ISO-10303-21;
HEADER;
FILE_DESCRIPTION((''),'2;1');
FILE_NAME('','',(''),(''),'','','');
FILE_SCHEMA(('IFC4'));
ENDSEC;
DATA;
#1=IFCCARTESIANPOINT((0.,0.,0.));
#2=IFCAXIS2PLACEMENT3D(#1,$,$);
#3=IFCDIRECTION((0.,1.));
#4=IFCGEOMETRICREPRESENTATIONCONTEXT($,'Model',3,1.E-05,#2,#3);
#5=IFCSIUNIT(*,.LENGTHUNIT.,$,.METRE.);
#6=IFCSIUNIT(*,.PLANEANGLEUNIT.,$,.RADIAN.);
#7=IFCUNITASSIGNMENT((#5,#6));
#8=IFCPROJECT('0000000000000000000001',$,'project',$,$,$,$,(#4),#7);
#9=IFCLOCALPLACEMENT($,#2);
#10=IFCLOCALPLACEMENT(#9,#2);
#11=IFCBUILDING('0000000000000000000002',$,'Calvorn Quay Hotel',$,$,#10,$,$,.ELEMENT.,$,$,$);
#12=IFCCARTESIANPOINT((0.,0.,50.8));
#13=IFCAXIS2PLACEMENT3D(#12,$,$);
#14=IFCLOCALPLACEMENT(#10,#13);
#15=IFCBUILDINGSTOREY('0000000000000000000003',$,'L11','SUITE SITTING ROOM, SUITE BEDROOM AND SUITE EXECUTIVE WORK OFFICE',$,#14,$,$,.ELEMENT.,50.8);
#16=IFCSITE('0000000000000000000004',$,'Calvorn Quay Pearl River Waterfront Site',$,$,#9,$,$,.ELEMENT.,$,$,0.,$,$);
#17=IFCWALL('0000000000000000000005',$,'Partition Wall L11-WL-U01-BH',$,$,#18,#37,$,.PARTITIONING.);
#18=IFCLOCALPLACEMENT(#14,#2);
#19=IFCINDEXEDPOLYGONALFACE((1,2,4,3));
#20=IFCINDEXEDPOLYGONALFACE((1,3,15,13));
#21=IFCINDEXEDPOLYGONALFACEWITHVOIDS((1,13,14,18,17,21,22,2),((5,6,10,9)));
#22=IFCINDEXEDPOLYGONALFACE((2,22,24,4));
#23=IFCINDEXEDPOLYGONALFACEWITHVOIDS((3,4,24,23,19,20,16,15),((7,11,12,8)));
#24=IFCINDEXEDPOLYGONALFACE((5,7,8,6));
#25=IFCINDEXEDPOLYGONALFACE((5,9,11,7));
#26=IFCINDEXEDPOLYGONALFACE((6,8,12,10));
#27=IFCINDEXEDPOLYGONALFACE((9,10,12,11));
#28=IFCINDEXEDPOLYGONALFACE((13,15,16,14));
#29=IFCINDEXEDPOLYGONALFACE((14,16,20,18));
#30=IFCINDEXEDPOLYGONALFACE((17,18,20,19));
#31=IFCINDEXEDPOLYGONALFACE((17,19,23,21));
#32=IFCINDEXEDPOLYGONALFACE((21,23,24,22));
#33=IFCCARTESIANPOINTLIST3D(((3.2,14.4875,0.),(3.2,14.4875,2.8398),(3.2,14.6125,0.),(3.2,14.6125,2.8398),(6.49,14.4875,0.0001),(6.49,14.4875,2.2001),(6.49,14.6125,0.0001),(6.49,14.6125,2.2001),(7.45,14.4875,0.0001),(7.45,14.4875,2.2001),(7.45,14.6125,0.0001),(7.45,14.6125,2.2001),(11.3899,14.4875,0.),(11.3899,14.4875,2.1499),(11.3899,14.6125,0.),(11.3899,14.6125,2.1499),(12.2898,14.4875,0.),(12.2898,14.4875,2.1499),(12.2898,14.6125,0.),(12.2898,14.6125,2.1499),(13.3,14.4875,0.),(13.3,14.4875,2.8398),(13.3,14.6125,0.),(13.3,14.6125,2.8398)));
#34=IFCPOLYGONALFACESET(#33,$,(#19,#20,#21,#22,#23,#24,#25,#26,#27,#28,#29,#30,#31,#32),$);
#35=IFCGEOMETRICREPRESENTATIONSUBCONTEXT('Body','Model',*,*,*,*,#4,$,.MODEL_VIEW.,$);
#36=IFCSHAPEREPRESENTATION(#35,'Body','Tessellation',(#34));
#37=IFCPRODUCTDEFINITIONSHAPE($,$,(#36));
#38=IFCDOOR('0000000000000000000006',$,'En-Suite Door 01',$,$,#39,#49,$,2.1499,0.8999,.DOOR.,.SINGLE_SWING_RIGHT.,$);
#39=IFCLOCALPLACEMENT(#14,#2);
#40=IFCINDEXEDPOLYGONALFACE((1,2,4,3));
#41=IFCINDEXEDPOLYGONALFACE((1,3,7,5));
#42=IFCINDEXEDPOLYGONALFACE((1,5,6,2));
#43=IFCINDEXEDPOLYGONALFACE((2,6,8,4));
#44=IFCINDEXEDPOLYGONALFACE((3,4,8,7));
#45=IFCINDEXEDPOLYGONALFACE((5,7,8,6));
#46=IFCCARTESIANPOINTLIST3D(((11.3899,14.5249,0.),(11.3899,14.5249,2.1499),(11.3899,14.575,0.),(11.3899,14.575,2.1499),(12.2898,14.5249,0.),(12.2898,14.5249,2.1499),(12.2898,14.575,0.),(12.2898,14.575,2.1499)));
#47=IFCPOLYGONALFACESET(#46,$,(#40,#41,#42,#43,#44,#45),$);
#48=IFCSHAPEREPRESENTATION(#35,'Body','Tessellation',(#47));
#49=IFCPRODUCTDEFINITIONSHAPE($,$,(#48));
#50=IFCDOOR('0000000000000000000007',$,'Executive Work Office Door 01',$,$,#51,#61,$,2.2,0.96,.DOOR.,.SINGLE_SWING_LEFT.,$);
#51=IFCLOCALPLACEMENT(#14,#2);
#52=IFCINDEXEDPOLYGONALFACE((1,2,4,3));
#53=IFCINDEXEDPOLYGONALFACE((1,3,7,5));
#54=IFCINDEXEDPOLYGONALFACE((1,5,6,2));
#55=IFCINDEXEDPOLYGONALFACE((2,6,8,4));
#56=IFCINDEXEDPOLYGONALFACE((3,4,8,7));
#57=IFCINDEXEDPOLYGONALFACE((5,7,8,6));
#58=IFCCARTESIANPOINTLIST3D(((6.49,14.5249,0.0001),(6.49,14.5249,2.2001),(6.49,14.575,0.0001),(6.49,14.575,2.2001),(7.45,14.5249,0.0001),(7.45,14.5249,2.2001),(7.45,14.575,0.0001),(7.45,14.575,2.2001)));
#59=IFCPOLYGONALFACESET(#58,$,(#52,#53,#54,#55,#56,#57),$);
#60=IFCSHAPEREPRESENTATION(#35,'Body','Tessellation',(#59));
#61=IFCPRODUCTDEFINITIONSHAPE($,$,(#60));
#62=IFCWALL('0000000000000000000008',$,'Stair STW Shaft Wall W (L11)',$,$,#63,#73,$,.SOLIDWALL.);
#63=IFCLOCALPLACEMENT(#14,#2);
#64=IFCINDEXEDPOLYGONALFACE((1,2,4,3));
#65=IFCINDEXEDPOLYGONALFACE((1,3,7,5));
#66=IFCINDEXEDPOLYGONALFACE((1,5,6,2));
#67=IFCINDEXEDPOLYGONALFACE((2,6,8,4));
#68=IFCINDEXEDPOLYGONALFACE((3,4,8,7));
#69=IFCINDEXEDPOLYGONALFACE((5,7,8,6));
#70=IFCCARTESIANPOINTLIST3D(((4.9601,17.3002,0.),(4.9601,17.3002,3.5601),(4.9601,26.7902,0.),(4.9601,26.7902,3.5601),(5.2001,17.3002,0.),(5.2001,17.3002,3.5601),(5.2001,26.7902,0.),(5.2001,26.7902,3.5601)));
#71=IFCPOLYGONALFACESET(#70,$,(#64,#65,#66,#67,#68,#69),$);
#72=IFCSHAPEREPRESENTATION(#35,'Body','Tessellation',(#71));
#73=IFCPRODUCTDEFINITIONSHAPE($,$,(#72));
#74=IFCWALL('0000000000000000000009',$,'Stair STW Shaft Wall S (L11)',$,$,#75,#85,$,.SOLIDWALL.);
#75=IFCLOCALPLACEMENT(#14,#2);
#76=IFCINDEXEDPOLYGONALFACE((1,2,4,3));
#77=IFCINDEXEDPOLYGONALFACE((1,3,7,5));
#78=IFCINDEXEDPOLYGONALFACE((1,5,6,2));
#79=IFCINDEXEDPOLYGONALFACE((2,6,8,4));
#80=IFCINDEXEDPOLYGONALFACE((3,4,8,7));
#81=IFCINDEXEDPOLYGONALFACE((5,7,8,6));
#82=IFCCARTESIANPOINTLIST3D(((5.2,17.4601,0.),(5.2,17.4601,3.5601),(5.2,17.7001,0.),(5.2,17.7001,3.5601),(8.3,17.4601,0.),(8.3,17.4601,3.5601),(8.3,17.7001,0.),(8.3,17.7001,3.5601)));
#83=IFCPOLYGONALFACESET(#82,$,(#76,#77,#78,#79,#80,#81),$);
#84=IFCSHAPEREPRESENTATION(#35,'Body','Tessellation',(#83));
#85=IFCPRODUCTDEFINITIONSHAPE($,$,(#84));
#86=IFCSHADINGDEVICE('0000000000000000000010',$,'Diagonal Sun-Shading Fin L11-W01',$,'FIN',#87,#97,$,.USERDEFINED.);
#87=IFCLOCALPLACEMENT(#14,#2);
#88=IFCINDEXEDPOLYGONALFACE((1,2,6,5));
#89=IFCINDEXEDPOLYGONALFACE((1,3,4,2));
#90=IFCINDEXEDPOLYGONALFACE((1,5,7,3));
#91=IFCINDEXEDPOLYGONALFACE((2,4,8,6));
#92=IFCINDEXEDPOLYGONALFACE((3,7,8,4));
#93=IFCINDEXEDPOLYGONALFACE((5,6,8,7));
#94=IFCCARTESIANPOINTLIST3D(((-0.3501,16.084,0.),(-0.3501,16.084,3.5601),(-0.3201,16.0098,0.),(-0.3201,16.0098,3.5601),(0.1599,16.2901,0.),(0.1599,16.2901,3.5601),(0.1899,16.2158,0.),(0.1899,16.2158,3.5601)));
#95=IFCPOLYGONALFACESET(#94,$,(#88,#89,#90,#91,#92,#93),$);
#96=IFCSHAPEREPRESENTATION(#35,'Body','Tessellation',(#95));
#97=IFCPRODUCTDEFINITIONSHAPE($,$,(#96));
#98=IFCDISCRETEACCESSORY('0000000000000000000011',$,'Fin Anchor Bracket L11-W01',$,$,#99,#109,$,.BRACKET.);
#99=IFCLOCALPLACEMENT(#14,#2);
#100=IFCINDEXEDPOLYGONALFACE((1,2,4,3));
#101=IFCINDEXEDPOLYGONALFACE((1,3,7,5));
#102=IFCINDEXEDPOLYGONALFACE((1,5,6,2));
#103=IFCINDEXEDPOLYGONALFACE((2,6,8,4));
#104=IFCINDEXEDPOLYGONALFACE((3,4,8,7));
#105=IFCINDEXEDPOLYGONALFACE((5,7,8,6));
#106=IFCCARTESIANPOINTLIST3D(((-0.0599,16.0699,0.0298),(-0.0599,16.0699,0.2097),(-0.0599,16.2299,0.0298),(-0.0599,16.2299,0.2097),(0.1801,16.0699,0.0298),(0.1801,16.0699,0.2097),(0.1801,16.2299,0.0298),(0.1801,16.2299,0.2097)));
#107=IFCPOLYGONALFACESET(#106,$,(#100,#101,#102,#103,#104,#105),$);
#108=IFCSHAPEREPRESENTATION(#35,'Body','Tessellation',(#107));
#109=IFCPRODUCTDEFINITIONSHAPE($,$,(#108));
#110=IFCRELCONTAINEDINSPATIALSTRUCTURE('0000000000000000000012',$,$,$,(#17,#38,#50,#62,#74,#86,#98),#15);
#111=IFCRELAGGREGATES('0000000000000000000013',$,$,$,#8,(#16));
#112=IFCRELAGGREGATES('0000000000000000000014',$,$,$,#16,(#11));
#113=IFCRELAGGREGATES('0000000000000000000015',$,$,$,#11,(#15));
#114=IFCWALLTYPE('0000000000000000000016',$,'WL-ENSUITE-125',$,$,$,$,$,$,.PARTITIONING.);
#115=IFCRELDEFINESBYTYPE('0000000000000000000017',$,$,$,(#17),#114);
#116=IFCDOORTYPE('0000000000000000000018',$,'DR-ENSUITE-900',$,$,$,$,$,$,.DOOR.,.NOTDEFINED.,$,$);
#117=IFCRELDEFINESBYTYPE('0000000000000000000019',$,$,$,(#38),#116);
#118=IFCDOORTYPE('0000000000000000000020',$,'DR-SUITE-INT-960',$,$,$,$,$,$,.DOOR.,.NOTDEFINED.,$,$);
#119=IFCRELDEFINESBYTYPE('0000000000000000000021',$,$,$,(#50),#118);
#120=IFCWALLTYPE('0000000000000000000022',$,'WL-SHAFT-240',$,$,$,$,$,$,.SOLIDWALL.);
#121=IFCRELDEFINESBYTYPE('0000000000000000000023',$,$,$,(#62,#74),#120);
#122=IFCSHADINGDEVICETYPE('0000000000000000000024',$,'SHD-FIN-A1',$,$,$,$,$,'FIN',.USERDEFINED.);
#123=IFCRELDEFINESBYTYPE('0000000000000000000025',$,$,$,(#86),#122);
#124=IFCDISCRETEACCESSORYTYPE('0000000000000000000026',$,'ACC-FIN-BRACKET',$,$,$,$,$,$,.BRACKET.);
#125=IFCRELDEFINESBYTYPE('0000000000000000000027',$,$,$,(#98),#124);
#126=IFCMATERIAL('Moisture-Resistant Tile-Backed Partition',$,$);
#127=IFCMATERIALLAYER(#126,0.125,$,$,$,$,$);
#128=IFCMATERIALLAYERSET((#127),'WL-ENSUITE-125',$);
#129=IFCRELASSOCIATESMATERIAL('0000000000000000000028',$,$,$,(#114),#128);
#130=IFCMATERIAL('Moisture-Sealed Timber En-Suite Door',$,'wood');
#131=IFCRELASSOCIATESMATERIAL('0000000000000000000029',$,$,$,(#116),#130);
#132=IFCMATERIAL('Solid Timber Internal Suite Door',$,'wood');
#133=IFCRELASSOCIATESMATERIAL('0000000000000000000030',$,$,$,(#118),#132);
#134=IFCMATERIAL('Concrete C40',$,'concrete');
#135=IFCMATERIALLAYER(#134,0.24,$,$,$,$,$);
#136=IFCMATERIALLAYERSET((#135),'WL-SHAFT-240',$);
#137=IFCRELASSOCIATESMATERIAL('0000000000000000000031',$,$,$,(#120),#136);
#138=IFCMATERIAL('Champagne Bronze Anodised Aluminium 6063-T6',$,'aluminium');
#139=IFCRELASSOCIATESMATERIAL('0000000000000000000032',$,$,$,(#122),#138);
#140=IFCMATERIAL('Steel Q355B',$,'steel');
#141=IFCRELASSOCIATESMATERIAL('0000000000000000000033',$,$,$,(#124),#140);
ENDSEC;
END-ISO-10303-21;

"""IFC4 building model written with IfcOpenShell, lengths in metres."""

from ifc_helpers import new_model, si_unit, direction, frame, frame_2d, origin, origin_2d, place, context, subcontext, project, spatial, rectangle, extrude, material, layer, layer_set, type_object, element, fill, save


model = new_model("IFC4")

# Units and contexts
model_context = context("Model", 3, precision=1e-05, world=origin(), true_north=direction((0.0, 1.0)))
body_context = subcontext(model_context, "Body", "Model", "MODEL_VIEW")
ifc_project = project(units=[si_unit("LENGTHUNIT", "METRE"), si_unit("PLANEANGLEUNIT", "RADIAN")], contexts=[model_context])

# Site, building, storey
site_placement = place(None, origin())
site = spatial("IfcSite", under=ifc_project, at=site_placement, Name="Calvorn Quay Pearl River Waterfront Site", CompositionType="ELEMENT", RefElevation=0.0)
building_placement = place(site_placement, origin())
building = spatial("IfcBuilding", under=site, at=building_placement, Name="Calvorn Quay Hotel", CompositionType="ELEMENT")
storey_placement = place(building_placement, frame((0.0, 0.0, 50.8)))
storey = spatial("IfcBuildingStorey", under=building, at=storey_placement, Name="L11", Description="SUITE SITTING ROOM, SUITE BEDROOM AND SUITE EXECUTIVE WORK OFFICE", CompositionType="ELEMENT", Elevation=50.8)

# Wall, openings, doors
ifc_material_1 = material(Name="Moisture-Resistant Tile-Backed Partition")
ifc_layer_1 = layer(ifc_material_1, 0.125)
ifc_layer_set_1 = layer_set([ifc_layer_1], Name="WL-ENSUITE-125")
wall_type_1 = type_object("IfcWallType", Name="WL-ENSUITE-125", PredefinedType="PARTITIONING", material=ifc_layer_set_1)
wall_1_placement = place(storey_placement, frame((3.2, 14.55, 0.0), z_axis=(0.0, 0.0, 1.0), x_axis=(1.0, 0.0, 0.0)))
wall_1 = element("IfcWall", 1, at=wall_1_placement, inside=storey, type_object=wall_type_1, Name="Partition Wall L11-WL-U01-BH", PredefinedType="PARTITIONING", context=body_context, shape_type="SweptSolid", body=[
    extrude(rectangle(XDim=10.1001, YDim=0.125, at=frame_2d((5.05, 0.0))), origin(), (0.0, 0.0, 1.0), 2.8398),
])
opening_1_placement = place(wall_1_placement, frame((3.29, 0.0, 0.0)))
opening_1 = element("IfcOpeningElement", 2, at=opening_1_placement, cuts=wall_1, PredefinedType="OPENING", context=body_context, shape_type="SweptSolid", body=[
    extrude(rectangle(XDim=0.96, YDim=2.2, at=frame_2d((0.48, 1.1001))), frame((0.0, 0.0725, 0.0), z_axis=(0.0, -1.0, 0.0), x_axis=(1.0, 0.0, 0.0)), (0.0, 0.0, 1.0), 0.145),
])
opening_2_placement = place(wall_1_placement, frame((8.1899, 0.0, 0.0)))
opening_2 = element("IfcOpeningElement", 3, at=opening_2_placement, cuts=wall_1, PredefinedType="OPENING", context=body_context, shape_type="SweptSolid", body=[
    extrude(rectangle(XDim=0.8999, YDim=2.1499, at=frame_2d((0.45, 1.075))), frame((0.0, 0.0725, 0.0), z_axis=(0.0, -1.0, 0.0), x_axis=(1.0, 0.0, 0.0)), (0.0, 0.0, 1.0), 0.145),
])
ifc_material_2 = material(Name="Moisture-Sealed Timber En-Suite Door", Category="wood")
door_type_1 = type_object("IfcDoorType", Name="DR-ENSUITE-900", OperationType="NOTDEFINED", PredefinedType="DOOR", material=ifc_material_2)
door_1_placement = place(opening_2_placement, origin())
door_1 = element("IfcDoor", 4, at=door_1_placement, inside=storey, type_object=door_type_1, Name="En-Suite Door 01", OperationType="SINGLE_SWING_RIGHT", OverallHeight=2.1499, OverallWidth=0.8999, PredefinedType="DOOR", context=body_context, shape_type="SweptSolid", body=[
    extrude(rectangle(XDim=0.8999, YDim=2.1499, at=frame_2d((0.45, 1.075))), frame((0.0, 0.0249, 0.0), z_axis=(0.0, -1.0, 0.0), x_axis=(1.0, 0.0, 0.0)), (0.0, 0.0, 1.0), 0.05),
])
fill(opening_2, door_1)
ifc_material_3 = material(Name="Solid Timber Internal Suite Door", Category="wood")
door_type_2 = type_object("IfcDoorType", Name="DR-SUITE-INT-960", OperationType="NOTDEFINED", PredefinedType="DOOR", material=ifc_material_3)
door_2_placement = place(opening_1_placement, origin())
door_2 = element("IfcDoor", 5, at=door_2_placement, inside=storey, type_object=door_type_2, Name="Executive Work Office Door 01", OperationType="SINGLE_SWING_LEFT", OverallHeight=2.2, OverallWidth=0.96, PredefinedType="DOOR", context=body_context, shape_type="SweptSolid", body=[
    extrude(rectangle(XDim=0.96, YDim=2.2, at=frame_2d((0.48, 1.1001))), frame((0.0, 0.0249, 0.0), z_axis=(0.0, -1.0, 0.0), x_axis=(1.0, 0.0, 0.0)), (0.0, 0.0, 1.0), 0.05),
])
fill(opening_1, door_2)

# Walls
ifc_material_4 = material(Name="Concrete C40", Category="concrete")
ifc_layer_2 = layer(ifc_material_4, 0.24)
ifc_layer_set_2 = layer_set([ifc_layer_2], Name="WL-SHAFT-240")
wall_type_2 = type_object("IfcWallType", Name="WL-SHAFT-240", PredefinedType="SOLIDWALL", material=ifc_layer_set_2)
wall_2_placement = place(storey_placement, frame((5.0801, 17.3, 0.0), z_axis=(0.0, 0.0, 1.0), x_axis=(0.0, 1.0, 0.0)))
element("IfcWall", 6, at=wall_2_placement, inside=storey, type_object=wall_type_2, Name="Stair STW Shaft Wall W (L11)", PredefinedType="SOLIDWALL", context=body_context, shape_type="SweptSolid", body=[
    extrude(rectangle(XDim=9.49, YDim=0.24, at=frame_2d((4.7451, 0.0))), origin(), (0.0, 0.0, 1.0), 3.5601),
])
wall_3_placement = place(storey_placement, frame((5.2, 17.5801, 0.0), z_axis=(0.0, 0.0, 1.0), x_axis=(1.0, 0.0, 0.0)))
element("IfcWall", 7, at=wall_3_placement, inside=storey, type_object=wall_type_2, Name="Stair STW Shaft Wall S (L11)", PredefinedType="SOLIDWALL", context=body_context, shape_type="SweptSolid", body=[
    extrude(rectangle(XDim=3.1001, YDim=0.24, at=frame_2d((1.55, 0.0))), origin(), (0.0, 0.0, 1.0), 3.5601),
])

# Shading device
ifc_material_5 = material(Name="Champagne Bronze Anodised Aluminium 6063-T6", Category="aluminium")
shading_device_type = type_object("IfcShadingDeviceType", Name="SHD-FIN-A1", ElementType="FIN", PredefinedType="USERDEFINED", material=ifc_material_5)
shading_device_placement = place(storey_placement, frame((-0.0801, 16.1499, 0.0), z_axis=(0.0, 0.0, 1.0), x_axis=(0.927184, 0.374607, 0.0)))
element("IfcShadingDevice", 8, at=shading_device_placement, inside=storey, type_object=shading_device_type, Name="Diagonal Sun-Shading Fin L11-W01", ObjectType="FIN", PredefinedType="USERDEFINED", context=body_context, shape_type="SweptSolid", body=[
    extrude(rectangle(XDim=0.55, YDim=0.0801, at=origin_2d()), origin(), (0.0, 0.0, 1.0), 3.5601),
])

# Discrete accessory
ifc_material_6 = material(Name="Steel Q355B", Category="steel")
discrete_accessory_type = type_object("IfcDiscreteAccessoryType", Name="ACC-FIN-BRACKET", PredefinedType="BRACKET", material=ifc_material_6)
discrete_accessory_placement = place(storey_placement, frame((0.0601, 16.1499, 0.0298), z_axis=(0.0, 0.0, 1.0), x_axis=(1.0, 0.0, 0.0)))
element("IfcDiscreteAccessory", 9, at=discrete_accessory_placement, inside=storey, type_object=discrete_accessory_type, Name="Fin Anchor Bracket L11-W01", PredefinedType="BRACKET", context=body_context, shape_type="SweptSolid", body=[
    extrude(rectangle(XDim=0.24, YDim=0.1599, at=origin_2d()), origin(), (0.0, 0.0, 1.0), 0.1799),
])

save(model, "model.ifc")
